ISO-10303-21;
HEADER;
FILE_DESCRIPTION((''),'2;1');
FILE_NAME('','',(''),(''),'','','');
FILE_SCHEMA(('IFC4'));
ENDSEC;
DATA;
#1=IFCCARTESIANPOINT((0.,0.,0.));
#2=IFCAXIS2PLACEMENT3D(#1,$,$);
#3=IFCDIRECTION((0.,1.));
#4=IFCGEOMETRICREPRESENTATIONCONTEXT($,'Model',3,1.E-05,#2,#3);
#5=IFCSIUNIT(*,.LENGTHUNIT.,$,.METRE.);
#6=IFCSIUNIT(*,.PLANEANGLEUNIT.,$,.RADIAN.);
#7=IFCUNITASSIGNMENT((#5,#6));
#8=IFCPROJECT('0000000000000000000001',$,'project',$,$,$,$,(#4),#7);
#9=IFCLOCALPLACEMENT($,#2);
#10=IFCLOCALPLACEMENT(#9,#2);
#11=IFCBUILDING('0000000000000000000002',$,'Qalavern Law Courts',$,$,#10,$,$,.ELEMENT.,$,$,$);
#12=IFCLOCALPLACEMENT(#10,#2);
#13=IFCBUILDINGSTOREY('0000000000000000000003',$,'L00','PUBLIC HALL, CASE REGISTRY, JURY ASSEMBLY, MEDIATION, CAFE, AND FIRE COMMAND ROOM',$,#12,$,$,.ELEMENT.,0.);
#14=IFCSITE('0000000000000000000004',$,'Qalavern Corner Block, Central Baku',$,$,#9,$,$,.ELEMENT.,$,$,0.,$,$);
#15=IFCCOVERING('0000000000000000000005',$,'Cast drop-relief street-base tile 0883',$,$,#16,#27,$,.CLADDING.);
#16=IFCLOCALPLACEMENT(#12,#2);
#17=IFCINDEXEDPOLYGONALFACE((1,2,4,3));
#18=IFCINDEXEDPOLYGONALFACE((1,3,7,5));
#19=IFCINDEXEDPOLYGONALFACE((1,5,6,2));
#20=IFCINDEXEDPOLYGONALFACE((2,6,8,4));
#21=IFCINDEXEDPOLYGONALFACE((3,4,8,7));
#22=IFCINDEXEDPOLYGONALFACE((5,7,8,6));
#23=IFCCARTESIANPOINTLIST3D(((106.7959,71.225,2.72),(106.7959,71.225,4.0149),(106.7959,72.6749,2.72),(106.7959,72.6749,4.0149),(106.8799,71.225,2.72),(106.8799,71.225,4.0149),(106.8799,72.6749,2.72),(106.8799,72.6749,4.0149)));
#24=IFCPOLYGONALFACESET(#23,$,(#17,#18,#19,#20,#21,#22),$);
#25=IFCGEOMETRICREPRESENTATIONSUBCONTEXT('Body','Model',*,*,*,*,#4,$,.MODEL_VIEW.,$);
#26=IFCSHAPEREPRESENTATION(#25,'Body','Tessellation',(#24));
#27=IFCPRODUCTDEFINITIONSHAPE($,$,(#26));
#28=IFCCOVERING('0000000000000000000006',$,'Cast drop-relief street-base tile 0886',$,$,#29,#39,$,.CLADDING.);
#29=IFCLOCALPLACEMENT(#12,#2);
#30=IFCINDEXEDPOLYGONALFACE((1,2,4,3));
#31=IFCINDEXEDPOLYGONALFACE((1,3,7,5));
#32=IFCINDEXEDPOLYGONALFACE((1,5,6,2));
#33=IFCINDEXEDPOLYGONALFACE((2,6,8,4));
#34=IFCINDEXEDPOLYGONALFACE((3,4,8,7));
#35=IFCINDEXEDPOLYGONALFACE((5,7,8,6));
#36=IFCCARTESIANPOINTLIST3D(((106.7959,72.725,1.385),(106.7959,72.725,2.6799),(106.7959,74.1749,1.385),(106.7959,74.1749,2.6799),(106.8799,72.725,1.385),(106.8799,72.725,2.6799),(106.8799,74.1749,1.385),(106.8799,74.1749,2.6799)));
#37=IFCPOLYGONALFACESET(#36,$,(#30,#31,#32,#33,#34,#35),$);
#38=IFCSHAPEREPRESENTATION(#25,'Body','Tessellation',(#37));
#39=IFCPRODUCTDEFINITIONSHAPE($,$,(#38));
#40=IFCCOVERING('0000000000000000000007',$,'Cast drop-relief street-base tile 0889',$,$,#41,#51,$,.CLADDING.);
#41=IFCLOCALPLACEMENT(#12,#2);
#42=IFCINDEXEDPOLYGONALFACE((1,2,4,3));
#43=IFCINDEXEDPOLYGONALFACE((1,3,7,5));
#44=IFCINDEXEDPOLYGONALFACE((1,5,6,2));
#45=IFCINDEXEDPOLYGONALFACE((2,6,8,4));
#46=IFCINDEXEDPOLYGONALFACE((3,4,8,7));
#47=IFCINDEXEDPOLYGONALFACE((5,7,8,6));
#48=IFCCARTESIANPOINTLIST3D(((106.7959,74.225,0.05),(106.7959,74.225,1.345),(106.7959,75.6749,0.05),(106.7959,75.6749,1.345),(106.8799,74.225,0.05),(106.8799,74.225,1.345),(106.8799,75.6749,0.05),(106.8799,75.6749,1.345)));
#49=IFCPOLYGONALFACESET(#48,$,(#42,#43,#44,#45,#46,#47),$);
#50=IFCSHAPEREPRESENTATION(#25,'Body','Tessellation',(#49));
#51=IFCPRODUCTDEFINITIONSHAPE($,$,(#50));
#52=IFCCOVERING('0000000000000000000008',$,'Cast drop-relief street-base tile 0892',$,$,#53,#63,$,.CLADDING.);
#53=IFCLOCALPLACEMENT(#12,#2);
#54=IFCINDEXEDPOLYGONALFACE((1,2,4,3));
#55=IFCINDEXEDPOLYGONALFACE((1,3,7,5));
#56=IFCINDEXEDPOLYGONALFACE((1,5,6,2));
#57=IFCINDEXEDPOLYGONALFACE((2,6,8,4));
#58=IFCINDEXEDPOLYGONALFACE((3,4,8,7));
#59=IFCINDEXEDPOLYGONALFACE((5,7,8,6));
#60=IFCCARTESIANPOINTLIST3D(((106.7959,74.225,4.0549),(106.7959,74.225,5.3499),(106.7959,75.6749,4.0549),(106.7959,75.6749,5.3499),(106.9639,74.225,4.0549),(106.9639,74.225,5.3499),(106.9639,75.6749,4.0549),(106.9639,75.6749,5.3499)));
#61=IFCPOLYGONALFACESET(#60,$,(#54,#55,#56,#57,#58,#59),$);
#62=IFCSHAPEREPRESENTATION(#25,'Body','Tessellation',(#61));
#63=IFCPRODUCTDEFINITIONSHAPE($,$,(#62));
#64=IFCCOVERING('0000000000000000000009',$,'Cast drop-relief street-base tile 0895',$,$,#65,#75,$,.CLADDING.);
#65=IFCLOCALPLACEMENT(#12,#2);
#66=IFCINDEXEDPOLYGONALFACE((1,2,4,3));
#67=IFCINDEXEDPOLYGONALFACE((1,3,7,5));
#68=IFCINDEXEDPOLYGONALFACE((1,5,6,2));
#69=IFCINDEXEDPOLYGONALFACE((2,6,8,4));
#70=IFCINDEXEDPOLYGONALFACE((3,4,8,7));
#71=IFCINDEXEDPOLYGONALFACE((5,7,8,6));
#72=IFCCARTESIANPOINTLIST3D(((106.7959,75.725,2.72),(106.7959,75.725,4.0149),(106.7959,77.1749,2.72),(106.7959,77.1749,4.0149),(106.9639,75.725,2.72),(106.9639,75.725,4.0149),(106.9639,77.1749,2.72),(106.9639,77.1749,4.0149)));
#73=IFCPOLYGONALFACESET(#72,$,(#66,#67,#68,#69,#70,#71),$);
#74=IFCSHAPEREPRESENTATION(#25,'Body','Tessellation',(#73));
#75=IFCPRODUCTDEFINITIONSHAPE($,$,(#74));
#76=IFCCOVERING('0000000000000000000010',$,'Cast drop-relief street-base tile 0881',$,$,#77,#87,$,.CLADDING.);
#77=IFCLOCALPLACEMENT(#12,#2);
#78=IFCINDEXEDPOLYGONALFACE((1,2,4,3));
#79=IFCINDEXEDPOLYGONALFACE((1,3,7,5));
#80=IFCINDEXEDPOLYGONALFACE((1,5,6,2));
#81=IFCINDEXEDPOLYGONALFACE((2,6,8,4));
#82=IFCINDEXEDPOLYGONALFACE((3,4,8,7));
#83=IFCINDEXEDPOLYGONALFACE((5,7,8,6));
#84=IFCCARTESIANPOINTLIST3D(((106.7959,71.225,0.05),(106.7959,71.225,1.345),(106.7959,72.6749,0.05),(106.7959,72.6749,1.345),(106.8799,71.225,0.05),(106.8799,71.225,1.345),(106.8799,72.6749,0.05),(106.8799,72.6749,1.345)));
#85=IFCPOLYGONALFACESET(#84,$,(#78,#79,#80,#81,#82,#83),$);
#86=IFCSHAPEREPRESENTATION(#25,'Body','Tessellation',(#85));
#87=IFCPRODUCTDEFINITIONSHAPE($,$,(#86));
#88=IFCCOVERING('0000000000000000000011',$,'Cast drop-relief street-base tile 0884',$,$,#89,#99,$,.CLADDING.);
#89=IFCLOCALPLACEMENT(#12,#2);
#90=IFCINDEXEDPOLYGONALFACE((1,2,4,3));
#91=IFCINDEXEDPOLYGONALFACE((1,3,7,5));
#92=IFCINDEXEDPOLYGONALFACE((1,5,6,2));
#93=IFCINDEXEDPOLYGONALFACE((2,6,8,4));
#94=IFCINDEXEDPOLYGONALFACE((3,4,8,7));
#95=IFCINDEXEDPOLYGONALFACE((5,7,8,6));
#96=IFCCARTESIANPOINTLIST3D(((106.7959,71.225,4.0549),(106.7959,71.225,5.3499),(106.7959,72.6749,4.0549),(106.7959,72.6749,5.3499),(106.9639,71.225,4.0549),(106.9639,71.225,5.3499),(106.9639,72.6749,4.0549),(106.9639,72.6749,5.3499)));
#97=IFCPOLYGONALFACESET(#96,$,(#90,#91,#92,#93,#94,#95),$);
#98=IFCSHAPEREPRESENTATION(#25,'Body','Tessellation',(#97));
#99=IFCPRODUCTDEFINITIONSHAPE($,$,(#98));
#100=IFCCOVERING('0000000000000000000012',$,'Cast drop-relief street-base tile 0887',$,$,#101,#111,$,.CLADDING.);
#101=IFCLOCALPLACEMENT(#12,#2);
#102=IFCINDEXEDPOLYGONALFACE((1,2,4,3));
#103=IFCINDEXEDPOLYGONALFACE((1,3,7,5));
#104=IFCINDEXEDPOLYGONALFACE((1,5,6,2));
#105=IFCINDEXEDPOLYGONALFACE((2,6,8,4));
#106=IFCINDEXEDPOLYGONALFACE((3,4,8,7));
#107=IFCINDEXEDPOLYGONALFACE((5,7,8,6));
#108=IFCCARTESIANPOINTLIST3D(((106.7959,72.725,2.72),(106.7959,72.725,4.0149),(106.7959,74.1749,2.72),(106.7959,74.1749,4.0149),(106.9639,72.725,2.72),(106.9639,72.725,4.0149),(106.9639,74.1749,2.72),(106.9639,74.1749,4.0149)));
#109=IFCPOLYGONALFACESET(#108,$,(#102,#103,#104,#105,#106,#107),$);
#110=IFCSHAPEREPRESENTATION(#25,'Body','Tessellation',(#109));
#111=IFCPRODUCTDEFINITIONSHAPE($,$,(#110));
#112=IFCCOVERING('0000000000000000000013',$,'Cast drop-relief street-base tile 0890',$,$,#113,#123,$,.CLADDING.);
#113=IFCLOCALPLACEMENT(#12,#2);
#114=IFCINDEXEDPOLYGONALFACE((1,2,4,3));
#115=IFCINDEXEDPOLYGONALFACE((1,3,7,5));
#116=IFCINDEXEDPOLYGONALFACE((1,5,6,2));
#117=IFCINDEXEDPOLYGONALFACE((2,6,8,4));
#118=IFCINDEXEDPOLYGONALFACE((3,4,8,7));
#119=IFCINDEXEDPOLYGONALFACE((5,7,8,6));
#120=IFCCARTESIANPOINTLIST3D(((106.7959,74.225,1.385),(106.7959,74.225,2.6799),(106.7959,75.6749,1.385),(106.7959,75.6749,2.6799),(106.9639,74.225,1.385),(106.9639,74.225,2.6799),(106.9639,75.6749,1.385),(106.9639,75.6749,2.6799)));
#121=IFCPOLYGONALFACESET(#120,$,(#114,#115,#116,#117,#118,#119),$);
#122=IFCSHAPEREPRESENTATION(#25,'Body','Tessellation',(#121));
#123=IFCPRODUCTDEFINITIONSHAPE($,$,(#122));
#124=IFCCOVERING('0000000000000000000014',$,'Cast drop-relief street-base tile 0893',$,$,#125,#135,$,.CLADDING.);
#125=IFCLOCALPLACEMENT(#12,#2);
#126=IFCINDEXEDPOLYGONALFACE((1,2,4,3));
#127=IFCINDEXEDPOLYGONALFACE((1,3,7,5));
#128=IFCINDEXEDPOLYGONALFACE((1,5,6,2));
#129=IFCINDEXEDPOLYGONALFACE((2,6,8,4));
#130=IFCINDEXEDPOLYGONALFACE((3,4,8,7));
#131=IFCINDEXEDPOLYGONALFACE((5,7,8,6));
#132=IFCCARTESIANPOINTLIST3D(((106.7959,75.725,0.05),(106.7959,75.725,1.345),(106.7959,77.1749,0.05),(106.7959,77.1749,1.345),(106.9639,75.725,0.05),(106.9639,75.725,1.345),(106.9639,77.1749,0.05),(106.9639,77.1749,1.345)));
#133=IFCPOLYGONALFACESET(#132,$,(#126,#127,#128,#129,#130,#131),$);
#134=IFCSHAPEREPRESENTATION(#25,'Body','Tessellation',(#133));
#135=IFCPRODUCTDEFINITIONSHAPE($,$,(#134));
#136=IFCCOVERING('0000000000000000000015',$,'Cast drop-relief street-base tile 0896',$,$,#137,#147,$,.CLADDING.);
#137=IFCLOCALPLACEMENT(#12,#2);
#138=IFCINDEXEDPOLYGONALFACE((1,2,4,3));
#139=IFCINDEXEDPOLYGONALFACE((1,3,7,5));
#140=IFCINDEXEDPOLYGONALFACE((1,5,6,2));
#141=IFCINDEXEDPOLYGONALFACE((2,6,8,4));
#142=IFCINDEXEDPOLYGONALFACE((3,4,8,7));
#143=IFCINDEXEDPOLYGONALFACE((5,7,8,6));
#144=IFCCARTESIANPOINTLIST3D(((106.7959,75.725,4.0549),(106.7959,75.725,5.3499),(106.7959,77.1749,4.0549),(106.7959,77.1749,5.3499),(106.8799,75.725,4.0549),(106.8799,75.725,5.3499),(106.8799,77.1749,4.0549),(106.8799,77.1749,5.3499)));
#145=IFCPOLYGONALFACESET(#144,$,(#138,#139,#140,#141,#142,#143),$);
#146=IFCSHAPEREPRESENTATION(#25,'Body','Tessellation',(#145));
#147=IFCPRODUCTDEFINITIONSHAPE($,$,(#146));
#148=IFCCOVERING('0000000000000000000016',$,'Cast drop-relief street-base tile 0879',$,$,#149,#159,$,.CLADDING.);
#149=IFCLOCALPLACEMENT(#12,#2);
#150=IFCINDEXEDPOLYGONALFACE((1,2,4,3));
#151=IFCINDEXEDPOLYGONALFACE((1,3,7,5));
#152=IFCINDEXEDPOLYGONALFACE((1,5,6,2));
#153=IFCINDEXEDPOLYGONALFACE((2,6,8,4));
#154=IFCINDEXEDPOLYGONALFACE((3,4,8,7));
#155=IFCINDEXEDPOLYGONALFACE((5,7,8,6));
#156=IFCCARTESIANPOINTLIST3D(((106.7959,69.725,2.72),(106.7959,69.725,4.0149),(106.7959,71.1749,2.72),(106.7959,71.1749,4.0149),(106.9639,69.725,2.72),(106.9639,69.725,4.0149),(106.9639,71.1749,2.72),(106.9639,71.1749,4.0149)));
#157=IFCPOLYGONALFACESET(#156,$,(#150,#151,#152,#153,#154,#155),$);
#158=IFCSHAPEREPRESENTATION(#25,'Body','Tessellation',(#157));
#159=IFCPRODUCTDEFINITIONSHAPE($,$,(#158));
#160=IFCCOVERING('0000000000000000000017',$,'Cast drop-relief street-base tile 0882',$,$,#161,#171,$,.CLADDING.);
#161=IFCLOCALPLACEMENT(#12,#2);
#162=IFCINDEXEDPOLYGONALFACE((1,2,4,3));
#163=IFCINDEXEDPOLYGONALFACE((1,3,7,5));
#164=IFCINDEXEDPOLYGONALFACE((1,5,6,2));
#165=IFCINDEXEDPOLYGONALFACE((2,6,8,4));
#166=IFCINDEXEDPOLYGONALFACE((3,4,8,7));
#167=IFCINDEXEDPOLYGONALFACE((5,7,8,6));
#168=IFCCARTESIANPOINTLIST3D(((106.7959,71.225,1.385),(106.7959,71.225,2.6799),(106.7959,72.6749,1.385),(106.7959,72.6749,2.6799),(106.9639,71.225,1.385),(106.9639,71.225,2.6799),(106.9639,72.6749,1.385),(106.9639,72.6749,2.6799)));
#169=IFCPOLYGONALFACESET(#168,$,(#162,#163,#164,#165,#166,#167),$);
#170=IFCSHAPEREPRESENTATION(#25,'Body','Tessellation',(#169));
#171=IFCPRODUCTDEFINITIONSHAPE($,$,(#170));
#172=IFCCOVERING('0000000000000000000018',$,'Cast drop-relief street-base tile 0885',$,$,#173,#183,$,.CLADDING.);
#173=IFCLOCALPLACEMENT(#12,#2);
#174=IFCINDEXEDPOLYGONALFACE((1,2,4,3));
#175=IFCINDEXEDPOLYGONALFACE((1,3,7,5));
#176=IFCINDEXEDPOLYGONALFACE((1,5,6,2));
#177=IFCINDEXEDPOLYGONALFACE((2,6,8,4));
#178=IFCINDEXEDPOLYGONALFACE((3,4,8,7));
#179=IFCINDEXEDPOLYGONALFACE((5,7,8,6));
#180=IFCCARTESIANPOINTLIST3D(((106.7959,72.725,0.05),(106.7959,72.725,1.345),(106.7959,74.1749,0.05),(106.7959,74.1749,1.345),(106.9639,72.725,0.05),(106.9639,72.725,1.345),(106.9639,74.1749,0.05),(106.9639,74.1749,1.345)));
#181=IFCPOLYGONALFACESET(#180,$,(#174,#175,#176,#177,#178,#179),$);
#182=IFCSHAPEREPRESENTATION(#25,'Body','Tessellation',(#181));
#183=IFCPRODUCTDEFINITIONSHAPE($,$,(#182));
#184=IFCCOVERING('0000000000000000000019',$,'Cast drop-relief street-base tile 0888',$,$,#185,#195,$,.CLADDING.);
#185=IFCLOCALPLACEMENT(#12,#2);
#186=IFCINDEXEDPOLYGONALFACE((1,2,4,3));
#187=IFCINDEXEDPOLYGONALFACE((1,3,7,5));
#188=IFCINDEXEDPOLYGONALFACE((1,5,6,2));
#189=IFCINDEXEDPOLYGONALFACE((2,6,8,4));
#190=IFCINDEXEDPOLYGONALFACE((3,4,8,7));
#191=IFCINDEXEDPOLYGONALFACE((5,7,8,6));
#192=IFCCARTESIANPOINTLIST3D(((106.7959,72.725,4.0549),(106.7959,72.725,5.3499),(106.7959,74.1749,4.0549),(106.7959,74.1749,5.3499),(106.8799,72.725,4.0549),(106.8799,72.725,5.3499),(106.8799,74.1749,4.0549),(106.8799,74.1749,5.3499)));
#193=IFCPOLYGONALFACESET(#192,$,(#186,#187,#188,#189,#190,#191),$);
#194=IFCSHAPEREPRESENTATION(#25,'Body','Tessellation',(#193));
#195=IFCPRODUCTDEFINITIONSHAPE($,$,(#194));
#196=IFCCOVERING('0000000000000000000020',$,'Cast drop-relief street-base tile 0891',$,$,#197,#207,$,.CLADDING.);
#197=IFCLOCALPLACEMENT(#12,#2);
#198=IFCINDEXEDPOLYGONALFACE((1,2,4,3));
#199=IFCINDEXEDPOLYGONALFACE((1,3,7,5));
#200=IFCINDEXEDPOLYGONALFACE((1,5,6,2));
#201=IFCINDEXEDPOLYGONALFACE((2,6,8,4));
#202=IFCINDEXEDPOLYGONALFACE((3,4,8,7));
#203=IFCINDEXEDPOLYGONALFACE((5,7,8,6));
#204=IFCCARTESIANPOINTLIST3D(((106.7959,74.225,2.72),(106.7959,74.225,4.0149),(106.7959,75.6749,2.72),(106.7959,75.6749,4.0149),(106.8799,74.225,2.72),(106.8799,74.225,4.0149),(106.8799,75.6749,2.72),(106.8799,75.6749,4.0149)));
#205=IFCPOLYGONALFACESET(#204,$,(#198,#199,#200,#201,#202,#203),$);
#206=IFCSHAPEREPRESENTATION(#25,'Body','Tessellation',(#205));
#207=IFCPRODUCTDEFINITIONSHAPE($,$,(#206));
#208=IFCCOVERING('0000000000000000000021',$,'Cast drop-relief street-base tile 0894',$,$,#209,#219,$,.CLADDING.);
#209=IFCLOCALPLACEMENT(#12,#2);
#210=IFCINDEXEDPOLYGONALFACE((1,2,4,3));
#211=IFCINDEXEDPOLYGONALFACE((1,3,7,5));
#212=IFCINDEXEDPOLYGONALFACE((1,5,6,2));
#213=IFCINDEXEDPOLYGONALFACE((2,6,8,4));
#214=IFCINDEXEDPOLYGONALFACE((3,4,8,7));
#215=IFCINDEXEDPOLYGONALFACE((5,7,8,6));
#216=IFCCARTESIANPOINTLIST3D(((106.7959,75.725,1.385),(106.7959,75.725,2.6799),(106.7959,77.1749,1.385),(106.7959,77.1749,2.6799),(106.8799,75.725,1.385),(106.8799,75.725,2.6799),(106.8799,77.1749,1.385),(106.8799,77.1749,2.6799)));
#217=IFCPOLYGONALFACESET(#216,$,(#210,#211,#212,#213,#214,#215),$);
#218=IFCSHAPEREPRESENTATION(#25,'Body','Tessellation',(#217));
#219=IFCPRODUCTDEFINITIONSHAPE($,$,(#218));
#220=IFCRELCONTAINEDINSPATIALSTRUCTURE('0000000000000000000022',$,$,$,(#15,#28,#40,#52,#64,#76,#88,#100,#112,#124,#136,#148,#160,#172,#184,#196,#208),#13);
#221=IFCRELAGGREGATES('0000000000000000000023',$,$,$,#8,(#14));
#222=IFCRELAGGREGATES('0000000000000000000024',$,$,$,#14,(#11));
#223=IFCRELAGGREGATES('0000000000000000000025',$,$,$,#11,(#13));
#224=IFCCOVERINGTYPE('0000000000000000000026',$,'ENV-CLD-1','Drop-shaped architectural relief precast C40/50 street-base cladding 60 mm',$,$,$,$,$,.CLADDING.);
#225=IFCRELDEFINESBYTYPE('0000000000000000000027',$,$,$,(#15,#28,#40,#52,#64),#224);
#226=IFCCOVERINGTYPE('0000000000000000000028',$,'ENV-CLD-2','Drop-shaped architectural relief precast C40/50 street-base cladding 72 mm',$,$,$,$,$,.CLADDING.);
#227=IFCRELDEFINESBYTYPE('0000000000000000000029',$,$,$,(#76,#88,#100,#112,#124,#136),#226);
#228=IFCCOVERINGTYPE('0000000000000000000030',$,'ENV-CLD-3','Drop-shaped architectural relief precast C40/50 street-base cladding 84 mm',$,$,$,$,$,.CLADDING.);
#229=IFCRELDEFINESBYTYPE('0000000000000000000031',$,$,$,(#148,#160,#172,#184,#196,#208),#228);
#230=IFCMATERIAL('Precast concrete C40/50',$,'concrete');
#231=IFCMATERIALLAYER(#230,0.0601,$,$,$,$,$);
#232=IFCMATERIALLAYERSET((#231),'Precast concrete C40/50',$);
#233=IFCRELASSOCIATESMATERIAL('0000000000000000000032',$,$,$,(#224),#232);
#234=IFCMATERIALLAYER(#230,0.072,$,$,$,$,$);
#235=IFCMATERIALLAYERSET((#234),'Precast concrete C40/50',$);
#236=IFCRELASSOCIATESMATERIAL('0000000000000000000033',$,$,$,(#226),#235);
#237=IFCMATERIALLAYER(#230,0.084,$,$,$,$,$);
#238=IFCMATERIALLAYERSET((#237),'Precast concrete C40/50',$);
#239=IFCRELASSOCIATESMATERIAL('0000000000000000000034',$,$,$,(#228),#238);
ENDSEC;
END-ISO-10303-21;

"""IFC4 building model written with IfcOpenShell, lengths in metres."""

from ifc_helpers import new_model, si_unit, direction, frame, origin, origin_2d, place, context, subcontext, project, spatial, rectangle, extrude, material, layer, layer_set, type_object, element, save


model = new_model("IFC4")

# Units and contexts
model_context = context("Model", 3, precision=1e-05, world=origin(), true_north=direction((0.0, 1.0)))
body_context = subcontext(model_context, "Body", "Model", "MODEL_VIEW")
ifc_project = project(units=[si_unit("LENGTHUNIT", "METRE"), si_unit("PLANEANGLEUNIT", "RADIAN")], contexts=[model_context])

# Site, building, storey
site_placement = place(None, origin())
site = spatial("IfcSite", under=ifc_project, at=site_placement, Name="Qalavern Corner Block, Central Baku", CompositionType="ELEMENT", RefElevation=0.0)
building_placement = place(site_placement, origin())
building = spatial("IfcBuilding", under=site, at=building_placement, Name="Qalavern Law Courts", CompositionType="ELEMENT")
storey_placement = place(building_placement, origin())
storey = spatial("IfcBuildingStorey", under=building, at=storey_placement, Name="L00", Description="PUBLIC HALL, CASE REGISTRY, JURY ASSEMBLY, MEDIATION, CAFE, AND FIRE COMMAND ROOM", CompositionType="ELEMENT", Elevation=0.0)

# Coverings
ifc_material_1 = material(Name="Precast concrete C40/50", Category="concrete")
ifc_layer_1 = layer(ifc_material_1, 0.0601)
ifc_layer_set_1 = layer_set([ifc_layer_1], Name="Precast concrete C40/50")
covering_type_1 = type_object("IfcCoveringType", Name="ENV-CLD-1", Description="Drop-shaped architectural relief precast C40/50 street-base cladding 60 mm", PredefinedType="CLADDING", material=ifc_layer_set_1)
for number, where, z_axis, x_axis, name in (
    (1, (106.8379, 71.95, 2.72), (0.0, 0.0, 1.0), (0.0, 1.0, 0.0), "Cast drop-relief street-base tile 0883"),
    (2, (106.8379, 73.45, 1.385), (0.0, 0.0, 1.0), (0.0, 1.0, 0.0), "Cast drop-relief street-base tile 0886"),
    (3, (106.8379, 74.95, 0.05), (0.0, 0.0, 1.0), (0.0, 1.0, 0.0), "Cast drop-relief street-base tile 0889"),
):
    element("IfcCovering", number, at=place(storey_placement, frame(where, z_axis=z_axis, x_axis=x_axis)), inside=storey, type_object=covering_type_1, Name=name, PredefinedType="CLADDING", context=body_context, shape_type="SweptSolid", body=[
        extrude(rectangle(XDim=1.45, YDim=0.084, at=origin_2d()), origin(), (0.0, 0.0, 1.0), 1.2949),
    ])
for number, where, z_axis, x_axis, name in (
    (4, (106.8799, 74.95, 4.0549), (0.0, 0.0, 1.0), (0.0, 1.0, 0.0), "Cast drop-relief street-base tile 0892"),
    (5, (106.8799, 76.45, 2.72), (0.0, 0.0, 1.0), (0.0, 1.0, 0.0), "Cast drop-relief street-base tile 0895"),
):
    element("IfcCovering", number, at=place(storey_placement, frame(where, z_axis=z_axis, x_axis=x_axis)), inside=storey, type_object=covering_type_1, Name=name, PredefinedType="CLADDING", context=body_context, shape_type="SweptSolid", body=[
        extrude(rectangle(XDim=1.45, YDim=0.168, at=origin_2d()), origin(), (0.0, 0.0, 1.0), 1.2949),
    ])
ifc_layer_2 = layer(ifc_material_1, 0.072)
ifc_layer_set_2 = layer_set([ifc_layer_2], Name="Precast concrete C40/50")
covering_type_2 = type_object("IfcCoveringType", Name="ENV-CLD-2", Description="Drop-shaped architectural relief precast C40/50 street-base cladding 72 mm", PredefinedType="CLADDING", material=ifc_layer_set_2)
covering_1_placement = place(storey_placement, frame((106.8379, 71.95, 0.05), z_axis=(0.0, 0.0, 1.0), x_axis=(0.0, 1.0, 0.0)))
element("IfcCovering", 6, at=covering_1_placement, inside=storey, type_object=covering_type_2, Name="Cast drop-relief street-base tile 0881", PredefinedType="CLADDING", context=body_context, shape_type="SweptSolid", body=[
    extrude(rectangle(XDim=1.45, YDim=0.084, at=origin_2d()), origin(), (0.0, 0.0, 1.0), 1.2949),
])
for number, where, z_axis, x_axis, name in (
    (7, (106.8799, 71.95, 4.0549), (0.0, 0.0, 1.0), (0.0, 1.0, 0.0), "Cast drop-relief street-base tile 0884"),
    (8, (106.8799, 73.45, 2.72), (0.0, 0.0, 1.0), (0.0, 1.0, 0.0), "Cast drop-relief street-base tile 0887"),
    (9, (106.8799, 74.95, 1.385), (0.0, 0.0, 1.0), (0.0, 1.0, 0.0), "Cast drop-relief street-base tile 0890"),
    (10, (106.8799, 76.45, 0.05), (0.0, 0.0, 1.0), (0.0, 1.0, 0.0), "Cast drop-relief street-base tile 0893"),
):
    element("IfcCovering", number, at=place(storey_placement, frame(where, z_axis=z_axis, x_axis=x_axis)), inside=storey, type_object=covering_type_2, Name=name, PredefinedType="CLADDING", context=body_context, shape_type="SweptSolid", body=[
        extrude(rectangle(XDim=1.45, YDim=0.168, at=origin_2d()), origin(), (0.0, 0.0, 1.0), 1.2949),
    ])
covering_2_placement = place(storey_placement, frame((106.8379, 76.45, 4.0549), z_axis=(0.0, 0.0, 1.0), x_axis=(0.0, 1.0, 0.0)))
element("IfcCovering", 11, at=covering_2_placement, inside=storey, type_object=covering_type_2, Name="Cast drop-relief street-base tile 0896", PredefinedType="CLADDING", context=body_context, shape_type="SweptSolid", body=[
    extrude(rectangle(XDim=1.45, YDim=0.084, at=origin_2d()), origin(), (0.0, 0.0, 1.0), 1.2949),
])
ifc_layer_3 = layer(ifc_material_1, 0.084)
ifc_layer_set_3 = layer_set([ifc_layer_3], Name="Precast concrete C40/50")
covering_type_3 = type_object("IfcCoveringType", Name="ENV-CLD-3", Description="Drop-shaped architectural relief precast C40/50 street-base cladding 84 mm", PredefinedType="CLADDING", material=ifc_layer_set_3)
for number, where, z_axis, x_axis, name in (
    (12, (106.8799, 70.45, 2.72), (0.0, 0.0, 1.0), (0.0, 1.0, 0.0), "Cast drop-relief street-base tile 0879"),
    (13, (106.8799, 71.95, 1.385), (0.0, 0.0, 1.0), (0.0, 1.0, 0.0), "Cast drop-relief street-base tile 0882"),
    (14, (106.8799, 73.45, 0.05), (0.0, 0.0, 1.0), (0.0, 1.0, 0.0), "Cast drop-relief street-base tile 0885"),
):
    element("IfcCovering", number, at=place(storey_placement, frame(where, z_axis=z_axis, x_axis=x_axis)), inside=storey, type_object=covering_type_3, Name=name, PredefinedType="CLADDING", context=body_context, shape_type="SweptSolid", body=[
        extrude(rectangle(XDim=1.45, YDim=0.168, at=origin_2d()), origin(), (0.0, 0.0, 1.0), 1.2949),
    ])
for number, where, z_axis, x_axis, name in (
    (15, (106.8379, 73.45, 4.0549), (0.0, 0.0, 1.0), (0.0, 1.0, 0.0), "Cast drop-relief street-base tile 0888"),
    (16, (106.8379, 74.95, 2.72), (0.0, 0.0, 1.0), (0.0, 1.0, 0.0), "Cast drop-relief street-base tile 0891"),
    (17, (106.8379, 76.45, 1.385), (0.0, 0.0, 1.0), (0.0, 1.0, 0.0), "Cast drop-relief street-base tile 0894"),
):
    element("IfcCovering", number, at=place(storey_placement, frame(where, z_axis=z_axis, x_axis=x_axis)), inside=storey, type_object=covering_type_3, Name=name, PredefinedType="CLADDING", context=body_context, shape_type="SweptSolid", body=[
        extrude(rectangle(XDim=1.45, YDim=0.084, at=origin_2d()), origin(), (0.0, 0.0, 1.0), 1.2949),
    ])

save(model, "model.ifc")
